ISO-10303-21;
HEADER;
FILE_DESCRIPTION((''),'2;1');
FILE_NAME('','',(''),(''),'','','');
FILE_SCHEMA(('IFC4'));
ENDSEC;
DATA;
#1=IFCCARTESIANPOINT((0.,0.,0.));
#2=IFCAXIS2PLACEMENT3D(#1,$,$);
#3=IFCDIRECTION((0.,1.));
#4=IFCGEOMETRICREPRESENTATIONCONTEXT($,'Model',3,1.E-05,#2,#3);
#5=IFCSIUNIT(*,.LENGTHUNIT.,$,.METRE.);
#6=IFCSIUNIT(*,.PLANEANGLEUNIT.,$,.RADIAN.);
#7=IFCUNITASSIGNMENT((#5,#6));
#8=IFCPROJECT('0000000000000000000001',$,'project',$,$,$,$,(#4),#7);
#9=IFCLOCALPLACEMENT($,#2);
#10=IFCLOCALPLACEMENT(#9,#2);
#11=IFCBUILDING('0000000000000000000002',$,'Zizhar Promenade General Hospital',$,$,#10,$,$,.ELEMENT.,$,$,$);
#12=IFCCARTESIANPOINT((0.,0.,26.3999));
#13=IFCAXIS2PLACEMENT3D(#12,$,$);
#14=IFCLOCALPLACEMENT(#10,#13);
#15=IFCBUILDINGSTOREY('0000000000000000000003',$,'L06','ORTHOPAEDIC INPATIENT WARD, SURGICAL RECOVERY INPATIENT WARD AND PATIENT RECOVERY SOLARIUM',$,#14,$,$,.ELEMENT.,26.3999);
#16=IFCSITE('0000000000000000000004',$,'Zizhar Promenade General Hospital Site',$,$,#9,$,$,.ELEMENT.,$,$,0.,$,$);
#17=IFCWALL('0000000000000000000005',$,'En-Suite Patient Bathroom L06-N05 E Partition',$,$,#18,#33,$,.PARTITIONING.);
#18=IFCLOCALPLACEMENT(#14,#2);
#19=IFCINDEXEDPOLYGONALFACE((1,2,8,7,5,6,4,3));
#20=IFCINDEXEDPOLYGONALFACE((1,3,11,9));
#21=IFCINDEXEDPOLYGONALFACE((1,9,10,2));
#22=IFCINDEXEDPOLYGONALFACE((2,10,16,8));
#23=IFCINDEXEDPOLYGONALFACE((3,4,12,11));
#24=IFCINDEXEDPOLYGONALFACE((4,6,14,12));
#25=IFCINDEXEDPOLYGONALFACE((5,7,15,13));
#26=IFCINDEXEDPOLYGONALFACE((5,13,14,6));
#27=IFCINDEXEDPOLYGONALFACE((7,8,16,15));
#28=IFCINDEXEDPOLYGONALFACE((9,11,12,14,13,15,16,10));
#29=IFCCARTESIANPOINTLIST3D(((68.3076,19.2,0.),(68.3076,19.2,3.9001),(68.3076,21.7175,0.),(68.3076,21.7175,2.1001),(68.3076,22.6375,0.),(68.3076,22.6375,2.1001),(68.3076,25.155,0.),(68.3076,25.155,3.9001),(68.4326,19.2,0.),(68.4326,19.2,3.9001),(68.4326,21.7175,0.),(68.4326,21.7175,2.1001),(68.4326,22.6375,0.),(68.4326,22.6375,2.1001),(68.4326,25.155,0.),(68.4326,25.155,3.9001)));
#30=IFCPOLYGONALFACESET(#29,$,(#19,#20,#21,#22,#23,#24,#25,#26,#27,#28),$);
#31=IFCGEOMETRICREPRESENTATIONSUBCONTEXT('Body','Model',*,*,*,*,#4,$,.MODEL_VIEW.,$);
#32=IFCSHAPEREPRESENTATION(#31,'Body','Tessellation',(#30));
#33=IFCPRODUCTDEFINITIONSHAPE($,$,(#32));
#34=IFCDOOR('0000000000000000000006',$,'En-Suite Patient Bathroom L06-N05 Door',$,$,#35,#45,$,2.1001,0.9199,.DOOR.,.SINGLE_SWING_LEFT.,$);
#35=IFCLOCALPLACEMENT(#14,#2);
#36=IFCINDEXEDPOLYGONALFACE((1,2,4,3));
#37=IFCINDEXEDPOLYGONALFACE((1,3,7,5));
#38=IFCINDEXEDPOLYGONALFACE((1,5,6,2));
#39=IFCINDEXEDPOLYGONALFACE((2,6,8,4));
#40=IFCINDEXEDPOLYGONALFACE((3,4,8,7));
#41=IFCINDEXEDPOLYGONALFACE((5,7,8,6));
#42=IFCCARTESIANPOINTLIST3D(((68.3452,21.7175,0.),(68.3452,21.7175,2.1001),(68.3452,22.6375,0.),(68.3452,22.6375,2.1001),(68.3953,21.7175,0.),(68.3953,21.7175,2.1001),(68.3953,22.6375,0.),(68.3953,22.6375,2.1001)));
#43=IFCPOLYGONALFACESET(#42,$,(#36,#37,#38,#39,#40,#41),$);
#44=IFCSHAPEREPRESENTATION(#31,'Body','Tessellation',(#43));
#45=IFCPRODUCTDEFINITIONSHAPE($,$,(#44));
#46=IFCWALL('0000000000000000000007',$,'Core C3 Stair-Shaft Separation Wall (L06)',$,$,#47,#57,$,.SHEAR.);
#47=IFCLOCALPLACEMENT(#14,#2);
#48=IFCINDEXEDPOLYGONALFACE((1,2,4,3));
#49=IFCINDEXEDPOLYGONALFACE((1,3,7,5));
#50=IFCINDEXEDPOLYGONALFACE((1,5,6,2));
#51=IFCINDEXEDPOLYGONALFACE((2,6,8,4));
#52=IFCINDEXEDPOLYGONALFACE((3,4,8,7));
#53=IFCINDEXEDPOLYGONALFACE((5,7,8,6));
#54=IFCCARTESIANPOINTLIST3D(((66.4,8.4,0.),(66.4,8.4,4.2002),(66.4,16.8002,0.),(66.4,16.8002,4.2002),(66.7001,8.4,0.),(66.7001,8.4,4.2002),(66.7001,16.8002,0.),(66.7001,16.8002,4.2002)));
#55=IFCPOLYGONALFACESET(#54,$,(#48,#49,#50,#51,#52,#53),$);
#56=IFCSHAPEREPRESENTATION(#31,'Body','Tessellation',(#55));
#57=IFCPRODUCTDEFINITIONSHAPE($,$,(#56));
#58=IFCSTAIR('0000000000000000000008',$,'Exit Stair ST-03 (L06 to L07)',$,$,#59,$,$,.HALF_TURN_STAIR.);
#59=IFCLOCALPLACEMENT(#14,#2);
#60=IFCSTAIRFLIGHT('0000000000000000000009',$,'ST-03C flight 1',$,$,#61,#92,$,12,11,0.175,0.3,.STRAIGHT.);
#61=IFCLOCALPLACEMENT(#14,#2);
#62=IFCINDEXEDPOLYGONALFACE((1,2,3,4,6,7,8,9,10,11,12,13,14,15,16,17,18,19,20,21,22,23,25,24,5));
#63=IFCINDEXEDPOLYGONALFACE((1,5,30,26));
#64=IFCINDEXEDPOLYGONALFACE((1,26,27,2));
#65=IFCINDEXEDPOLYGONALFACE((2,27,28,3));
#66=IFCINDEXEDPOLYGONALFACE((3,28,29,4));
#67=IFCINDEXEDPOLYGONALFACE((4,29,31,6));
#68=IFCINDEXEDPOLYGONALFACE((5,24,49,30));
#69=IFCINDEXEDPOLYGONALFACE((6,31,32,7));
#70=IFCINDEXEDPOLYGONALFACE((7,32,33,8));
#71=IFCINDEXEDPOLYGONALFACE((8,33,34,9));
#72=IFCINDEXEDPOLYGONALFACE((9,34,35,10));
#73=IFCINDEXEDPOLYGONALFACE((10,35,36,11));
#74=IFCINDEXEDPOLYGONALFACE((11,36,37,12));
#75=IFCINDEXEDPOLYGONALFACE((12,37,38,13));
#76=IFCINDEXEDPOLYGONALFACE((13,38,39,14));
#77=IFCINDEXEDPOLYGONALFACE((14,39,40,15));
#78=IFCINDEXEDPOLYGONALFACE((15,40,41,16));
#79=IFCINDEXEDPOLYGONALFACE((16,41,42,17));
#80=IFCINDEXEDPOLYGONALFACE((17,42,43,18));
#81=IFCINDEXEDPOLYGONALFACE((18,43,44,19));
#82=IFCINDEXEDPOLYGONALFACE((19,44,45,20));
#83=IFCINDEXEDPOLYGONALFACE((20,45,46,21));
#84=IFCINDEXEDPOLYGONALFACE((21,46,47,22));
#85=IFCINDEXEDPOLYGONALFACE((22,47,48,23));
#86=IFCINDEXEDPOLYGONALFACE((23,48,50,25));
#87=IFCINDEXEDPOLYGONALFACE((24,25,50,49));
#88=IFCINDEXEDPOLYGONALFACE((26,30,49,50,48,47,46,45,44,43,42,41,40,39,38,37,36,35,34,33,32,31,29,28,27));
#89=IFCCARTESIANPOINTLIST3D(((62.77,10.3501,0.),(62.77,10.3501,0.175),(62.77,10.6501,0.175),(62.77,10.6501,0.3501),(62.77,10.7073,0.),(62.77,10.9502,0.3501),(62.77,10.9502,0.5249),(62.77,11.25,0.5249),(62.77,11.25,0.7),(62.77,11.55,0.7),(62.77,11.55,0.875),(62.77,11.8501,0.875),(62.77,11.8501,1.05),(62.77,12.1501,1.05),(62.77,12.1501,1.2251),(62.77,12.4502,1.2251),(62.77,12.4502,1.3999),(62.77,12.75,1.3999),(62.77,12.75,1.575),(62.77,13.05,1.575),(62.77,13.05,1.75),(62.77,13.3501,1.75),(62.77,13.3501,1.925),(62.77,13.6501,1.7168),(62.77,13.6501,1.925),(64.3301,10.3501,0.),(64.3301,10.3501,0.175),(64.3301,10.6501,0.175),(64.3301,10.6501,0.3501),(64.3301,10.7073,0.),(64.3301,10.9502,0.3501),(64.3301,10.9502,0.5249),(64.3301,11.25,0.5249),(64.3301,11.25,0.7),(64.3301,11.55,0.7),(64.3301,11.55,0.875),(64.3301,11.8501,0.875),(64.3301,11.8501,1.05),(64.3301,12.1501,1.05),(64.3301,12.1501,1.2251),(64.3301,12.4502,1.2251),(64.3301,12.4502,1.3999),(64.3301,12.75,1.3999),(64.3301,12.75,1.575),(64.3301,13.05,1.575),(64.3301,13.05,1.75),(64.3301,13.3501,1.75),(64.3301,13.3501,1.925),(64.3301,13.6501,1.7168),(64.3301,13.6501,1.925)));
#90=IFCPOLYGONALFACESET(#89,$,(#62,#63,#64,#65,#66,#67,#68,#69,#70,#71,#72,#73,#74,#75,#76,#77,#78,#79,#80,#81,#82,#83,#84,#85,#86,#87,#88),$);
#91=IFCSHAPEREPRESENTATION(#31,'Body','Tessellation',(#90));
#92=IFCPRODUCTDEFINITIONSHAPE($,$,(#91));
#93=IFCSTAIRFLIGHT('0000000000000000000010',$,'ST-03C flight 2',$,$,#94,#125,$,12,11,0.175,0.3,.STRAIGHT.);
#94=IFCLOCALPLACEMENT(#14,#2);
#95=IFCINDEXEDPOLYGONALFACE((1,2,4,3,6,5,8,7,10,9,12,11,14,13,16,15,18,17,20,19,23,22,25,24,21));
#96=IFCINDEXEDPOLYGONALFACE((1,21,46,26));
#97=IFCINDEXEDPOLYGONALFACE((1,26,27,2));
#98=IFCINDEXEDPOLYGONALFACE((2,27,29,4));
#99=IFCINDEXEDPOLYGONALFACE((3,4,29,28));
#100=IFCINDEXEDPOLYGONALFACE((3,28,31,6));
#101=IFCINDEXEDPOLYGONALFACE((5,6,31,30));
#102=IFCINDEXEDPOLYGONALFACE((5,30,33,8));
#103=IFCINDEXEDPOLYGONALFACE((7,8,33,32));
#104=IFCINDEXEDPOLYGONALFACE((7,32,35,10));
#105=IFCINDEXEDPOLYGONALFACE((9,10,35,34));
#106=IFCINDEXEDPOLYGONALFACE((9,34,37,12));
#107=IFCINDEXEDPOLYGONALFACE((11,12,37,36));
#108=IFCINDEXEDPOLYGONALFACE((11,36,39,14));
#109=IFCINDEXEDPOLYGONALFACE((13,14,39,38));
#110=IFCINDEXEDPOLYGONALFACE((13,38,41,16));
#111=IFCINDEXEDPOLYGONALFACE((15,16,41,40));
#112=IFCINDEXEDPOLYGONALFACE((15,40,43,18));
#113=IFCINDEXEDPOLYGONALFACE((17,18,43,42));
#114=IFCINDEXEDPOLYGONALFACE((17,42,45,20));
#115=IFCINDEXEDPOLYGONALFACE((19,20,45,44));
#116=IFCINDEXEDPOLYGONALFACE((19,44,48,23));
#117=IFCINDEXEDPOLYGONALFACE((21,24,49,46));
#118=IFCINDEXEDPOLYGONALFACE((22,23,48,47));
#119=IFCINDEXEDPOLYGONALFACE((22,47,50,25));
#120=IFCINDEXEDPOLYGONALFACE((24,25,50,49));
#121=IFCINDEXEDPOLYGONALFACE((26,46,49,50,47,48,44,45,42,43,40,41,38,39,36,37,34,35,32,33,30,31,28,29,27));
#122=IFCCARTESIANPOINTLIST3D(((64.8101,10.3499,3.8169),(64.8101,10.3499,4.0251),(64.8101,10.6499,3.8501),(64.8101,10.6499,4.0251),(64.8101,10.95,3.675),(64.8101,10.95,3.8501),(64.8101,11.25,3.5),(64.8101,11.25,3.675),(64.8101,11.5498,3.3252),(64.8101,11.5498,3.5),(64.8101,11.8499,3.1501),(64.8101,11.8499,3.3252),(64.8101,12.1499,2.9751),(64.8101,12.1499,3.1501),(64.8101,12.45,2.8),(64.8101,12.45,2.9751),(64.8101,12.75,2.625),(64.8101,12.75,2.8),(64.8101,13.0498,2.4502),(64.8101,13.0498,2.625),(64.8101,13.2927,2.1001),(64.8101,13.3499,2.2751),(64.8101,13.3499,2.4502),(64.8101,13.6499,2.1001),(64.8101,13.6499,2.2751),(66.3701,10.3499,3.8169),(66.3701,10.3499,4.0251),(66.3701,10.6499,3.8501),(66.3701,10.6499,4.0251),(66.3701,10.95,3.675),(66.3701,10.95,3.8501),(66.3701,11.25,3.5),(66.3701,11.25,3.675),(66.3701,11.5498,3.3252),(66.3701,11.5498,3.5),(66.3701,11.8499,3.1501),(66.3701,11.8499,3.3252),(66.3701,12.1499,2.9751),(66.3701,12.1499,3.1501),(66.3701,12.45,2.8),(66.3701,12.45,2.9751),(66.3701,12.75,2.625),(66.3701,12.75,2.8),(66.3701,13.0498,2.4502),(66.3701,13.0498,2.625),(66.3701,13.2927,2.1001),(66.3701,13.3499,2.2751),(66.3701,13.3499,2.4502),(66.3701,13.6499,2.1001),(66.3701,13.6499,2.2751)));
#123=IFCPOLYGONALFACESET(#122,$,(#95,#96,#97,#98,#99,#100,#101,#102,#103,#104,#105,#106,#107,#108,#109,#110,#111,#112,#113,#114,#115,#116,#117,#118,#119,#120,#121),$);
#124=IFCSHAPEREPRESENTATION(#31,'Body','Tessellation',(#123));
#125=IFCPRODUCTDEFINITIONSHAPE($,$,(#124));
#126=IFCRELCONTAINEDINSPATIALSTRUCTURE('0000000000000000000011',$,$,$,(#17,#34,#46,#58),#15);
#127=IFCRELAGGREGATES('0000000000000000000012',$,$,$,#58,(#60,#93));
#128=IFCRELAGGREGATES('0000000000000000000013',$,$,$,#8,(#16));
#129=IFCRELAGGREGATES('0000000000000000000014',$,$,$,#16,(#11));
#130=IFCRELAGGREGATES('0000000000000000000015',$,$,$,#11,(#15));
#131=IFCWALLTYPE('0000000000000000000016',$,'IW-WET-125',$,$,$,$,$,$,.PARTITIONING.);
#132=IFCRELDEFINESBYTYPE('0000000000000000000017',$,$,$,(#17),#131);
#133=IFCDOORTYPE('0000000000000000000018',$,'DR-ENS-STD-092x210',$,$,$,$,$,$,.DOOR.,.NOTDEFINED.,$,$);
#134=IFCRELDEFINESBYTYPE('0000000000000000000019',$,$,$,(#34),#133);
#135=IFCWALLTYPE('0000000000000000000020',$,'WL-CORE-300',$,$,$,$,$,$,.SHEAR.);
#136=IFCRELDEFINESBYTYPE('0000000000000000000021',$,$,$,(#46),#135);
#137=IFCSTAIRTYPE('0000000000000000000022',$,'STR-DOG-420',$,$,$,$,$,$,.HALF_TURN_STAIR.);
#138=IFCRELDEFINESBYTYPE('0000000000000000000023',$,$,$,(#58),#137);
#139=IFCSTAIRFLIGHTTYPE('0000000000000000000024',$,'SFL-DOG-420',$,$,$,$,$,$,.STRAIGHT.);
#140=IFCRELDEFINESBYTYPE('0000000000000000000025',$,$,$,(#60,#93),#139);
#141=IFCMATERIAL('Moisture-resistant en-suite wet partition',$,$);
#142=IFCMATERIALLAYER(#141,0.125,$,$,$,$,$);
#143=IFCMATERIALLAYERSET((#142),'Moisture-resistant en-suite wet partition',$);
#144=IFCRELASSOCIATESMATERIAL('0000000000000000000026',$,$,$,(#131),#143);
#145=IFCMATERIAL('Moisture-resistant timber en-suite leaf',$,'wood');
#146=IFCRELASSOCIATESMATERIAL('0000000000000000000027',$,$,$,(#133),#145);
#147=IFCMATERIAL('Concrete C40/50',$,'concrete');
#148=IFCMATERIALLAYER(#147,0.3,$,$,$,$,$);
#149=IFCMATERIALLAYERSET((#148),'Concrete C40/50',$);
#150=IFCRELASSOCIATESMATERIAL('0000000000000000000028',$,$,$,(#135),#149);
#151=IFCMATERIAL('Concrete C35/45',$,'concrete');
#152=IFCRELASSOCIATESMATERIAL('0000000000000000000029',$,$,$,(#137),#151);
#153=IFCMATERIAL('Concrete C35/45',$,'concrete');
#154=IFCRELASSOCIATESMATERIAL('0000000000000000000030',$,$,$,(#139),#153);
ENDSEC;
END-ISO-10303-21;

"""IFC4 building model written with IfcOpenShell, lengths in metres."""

from ifc_helpers import new_model, si_unit, direction, frame, frame_2d, origin, place, context, subcontext, project, spatial, polyline, rectangle, outline, extrude, material, layer, layer_set, type_object, element, fill, aggregate, save


model = new_model("IFC4")

# Units and contexts
model_context = context("Model", 3, precision=1e-05, world=origin(), true_north=direction((0.0, 1.0)))
body_context = subcontext(model_context, "Body", "Model", "MODEL_VIEW")
ifc_project = project(units=[si_unit("LENGTHUNIT", "METRE"), si_unit("PLANEANGLEUNIT", "RADIAN")], contexts=[model_context])

# Site, building, storey
site_placement = place(None, origin())
site = spatial("IfcSite", under=ifc_project, at=site_placement, Name="Zizhar Promenade General Hospital Site", CompositionType="ELEMENT", RefElevation=0.0)
building_placement = place(site_placement, origin())
building = spatial("IfcBuilding", under=site, at=building_placement, Name="Zizhar Promenade General Hospital", CompositionType="ELEMENT")
storey_placement = place(building_placement, frame((0.0, 0.0, 26.3999)))
storey = spatial("IfcBuildingStorey", under=building, at=storey_placement, Name="L06", Description="ORTHOPAEDIC INPATIENT WARD, SURGICAL RECOVERY INPATIENT WARD AND PATIENT RECOVERY SOLARIUM", CompositionType="ELEMENT", Elevation=26.3999)

# Shared definitions
ifc_material_1 = material(Name="Moisture-resistant en-suite wet partition")
ifc_layer_1 = layer(ifc_material_1, 0.125)
ifc_layer_set_1 = layer_set([ifc_layer_1], Name="Moisture-resistant en-suite wet partition")
wall_type_1 = type_object("IfcWallType", Name="IW-WET-125", PredefinedType="PARTITIONING", material=ifc_layer_set_1)

# Wall, opening, door
wall_1_placement = place(storey_placement, frame((68.3701, 19.2, 0.0), z_axis=(0.0, 0.0, 1.0), x_axis=(0.0, 1.0, 0.0)))
wall_1 = element("IfcWall", 1, at=wall_1_placement, inside=storey, type_object=wall_type_1, Name="En-Suite Patient Bathroom L06-N05 E Partition", PredefinedType="PARTITIONING", context=body_context, shape_type="SweptSolid", body=[
    extrude(rectangle(XDim=5.9551, YDim=0.125, at=frame_2d((2.9775, 0.0))), origin(), (0.0, 0.0, 1.0), 3.9001),
])
opening_1_placement = place(wall_1_placement, frame((2.5176, 0.0, 0.0)))
opening_1 = element("IfcOpeningElement", 2, at=opening_1_placement, cuts=wall_1, PredefinedType="OPENING", context=body_context, shape_type="SweptSolid", body=[
    extrude(rectangle(XDim=0.9199, YDim=2.1001, at=frame_2d((0.46, 1.05))), frame((0.0, 0.0725, 0.0), z_axis=(0.0, -1.0, 0.0), x_axis=(1.0, 0.0, 0.0)), (0.0, 0.0, 1.0), 0.145),
])
ifc_material_2 = material(Name="Moisture-resistant timber en-suite leaf", Category="wood")
door_type_1 = type_object("IfcDoorType", Name="DR-ENS-STD-092x210", OperationType="NOTDEFINED", PredefinedType="DOOR", material=ifc_material_2)
door_1_placement = place(opening_1_placement, origin())
door_1 = element("IfcDoor", 3, at=door_1_placement, inside=storey, type_object=door_type_1, Name="En-Suite Patient Bathroom L06-N05 Door", OperationType="SINGLE_SWING_LEFT", OverallHeight=2.1001, OverallWidth=0.9199, PredefinedType="DOOR", context=body_context, shape_type="SweptSolid", body=[
    extrude(rectangle(XDim=0.9199, YDim=2.1001, at=frame_2d((0.46, 1.05))), frame((0.0, 0.0249, 0.0), z_axis=(0.0, -1.0, 0.0), x_axis=(1.0, 0.0, 0.0)), (0.0, 0.0, 1.0), 0.05),
])
fill(opening_1, door_1)

# Wall
ifc_material_3 = material(Name="Concrete C40/50", Category="concrete")
ifc_layer_2 = layer(ifc_material_3, 0.3)
ifc_layer_set_2 = layer_set([ifc_layer_2], Name="Concrete C40/50")
wall_type_2 = type_object("IfcWallType", Name="WL-CORE-300", PredefinedType="SHEAR", material=ifc_layer_set_2)
wall_2_placement = place(storey_placement, frame((66.55, 8.3999, 0.0), z_axis=(0.0, 0.0, 1.0), x_axis=(0.0, 1.0, 0.0)))
element("IfcWall", 4, at=wall_2_placement, inside=storey, type_object=wall_type_2, Name="Core C3 Stair-Shaft Separation Wall (L06)", PredefinedType="SHEAR", context=body_context, shape_type="SweptSolid", body=[
    extrude(rectangle(XDim=8.4001, YDim=0.3, at=frame_2d((4.2002, 0.0))), origin(), (0.0, 0.0, 1.0), 4.2002),
])

# Stair, stair flights
ifc_material_4 = material(Name="Concrete C35/45", Category="concrete")
stair_type = type_object("IfcStairType", Name="STR-DOG-420", PredefinedType="HALF_TURN_STAIR", material=ifc_material_4)
stair_placement = place(storey_placement, origin())
stair = element("IfcStair", 5, at=stair_placement, inside=storey, type_object=stair_type, Name="Exit Stair ST-03 (L06 to L07)", PredefinedType="HALF_TURN_STAIR")
ifc_material_5 = material(Name="Concrete C35/45", Category="concrete")
stair_flight_type = type_object("IfcStairFlightType", Name="SFL-DOG-420", PredefinedType="STRAIGHT", material=ifc_material_5)
stair_flight_1_placement = place(storey_placement, frame((63.55, 10.3501, 0.0), z_axis=(0.0, 0.0, 1.0), x_axis=(0.0, 1.0, 0.0)))
stair_flight_1 = element("IfcStairFlight", 6, at=stair_flight_1_placement, type_object=stair_flight_type, Name="ST-03C flight 1", NumberOfRisers=12, NumberOfTreads=11, PredefinedType="STRAIGHT", RiserHeight=0.175, TreadLength=0.3, context=body_context, shape_type="SweptSolid", body=[
    extrude(outline(polyline([(0.0, 0.0), (0.0, 0.175), (0.3, 0.175), (0.3, 0.3501), (0.6001, 0.3501), (0.6001, 0.5249), (0.8999, 0.5249), (0.8999, 0.7), (1.2, 0.7), (1.2, 0.875), (1.5, 0.875), (1.5, 1.05), (1.8, 1.05), (1.8, 1.2251), (2.1001, 1.2251), (2.1001, 1.3999), (2.3999, 1.3999), (2.3999, 1.575), (2.7, 1.575), (2.7, 1.75), (3.0, 1.75), (3.0, 1.925), (3.3, 1.925), (3.3, 2.1001), (3.3, 1.7168), (0.3572, 0.0), (0.0, 0.0)])), frame((0.0, 0.78, 0.0), z_axis=(0.0, -1.0, 0.0), x_axis=(1.0, 0.0, 0.0)), (0.0, 0.0, 1.0), 1.5601),
])
stair_flight_2_placement = place(storey_placement, frame((65.5901, 13.6499, 2.1001), z_axis=(0.0, 0.0, 1.0), x_axis=(0.0, -1.0, 0.0)))
stair_flight_2 = element("IfcStairFlight", 7, at=stair_flight_2_placement, type_object=stair_flight_type, Name="ST-03C flight 2", NumberOfRisers=12, NumberOfTreads=11, PredefinedType="STRAIGHT", RiserHeight=0.175, TreadLength=0.3, context=body_context, shape_type="SweptSolid", body=[
    extrude(outline(polyline([(0.0, 0.0), (0.0, 0.175), (0.3, 0.175), (0.3, 0.3501), (0.6001, 0.3501), (0.6001, 0.5249), (0.8999, 0.5249), (0.8999, 0.7), (1.2, 0.7), (1.2, 0.875), (1.5, 0.875), (1.5, 1.05), (1.8, 1.05), (1.8, 1.2251), (2.1001, 1.2251), (2.1001, 1.3999), (2.3999, 1.3999), (2.3999, 1.575), (2.7, 1.575), (2.7, 1.75), (3.0, 1.75), (3.0, 1.925), (3.3, 1.925), (3.3, 2.1001), (3.3, 1.7168), (0.3572, 0.0), (0.0, 0.0)])), frame((0.0, 0.78, 0.0), z_axis=(0.0, -1.0, 0.0), x_axis=(1.0, 0.0, 0.0)), (0.0, 0.0, 1.0), 1.5601),
])
aggregate(stair, [stair_flight_1, stair_flight_2])

save(model, "model.ifc")
